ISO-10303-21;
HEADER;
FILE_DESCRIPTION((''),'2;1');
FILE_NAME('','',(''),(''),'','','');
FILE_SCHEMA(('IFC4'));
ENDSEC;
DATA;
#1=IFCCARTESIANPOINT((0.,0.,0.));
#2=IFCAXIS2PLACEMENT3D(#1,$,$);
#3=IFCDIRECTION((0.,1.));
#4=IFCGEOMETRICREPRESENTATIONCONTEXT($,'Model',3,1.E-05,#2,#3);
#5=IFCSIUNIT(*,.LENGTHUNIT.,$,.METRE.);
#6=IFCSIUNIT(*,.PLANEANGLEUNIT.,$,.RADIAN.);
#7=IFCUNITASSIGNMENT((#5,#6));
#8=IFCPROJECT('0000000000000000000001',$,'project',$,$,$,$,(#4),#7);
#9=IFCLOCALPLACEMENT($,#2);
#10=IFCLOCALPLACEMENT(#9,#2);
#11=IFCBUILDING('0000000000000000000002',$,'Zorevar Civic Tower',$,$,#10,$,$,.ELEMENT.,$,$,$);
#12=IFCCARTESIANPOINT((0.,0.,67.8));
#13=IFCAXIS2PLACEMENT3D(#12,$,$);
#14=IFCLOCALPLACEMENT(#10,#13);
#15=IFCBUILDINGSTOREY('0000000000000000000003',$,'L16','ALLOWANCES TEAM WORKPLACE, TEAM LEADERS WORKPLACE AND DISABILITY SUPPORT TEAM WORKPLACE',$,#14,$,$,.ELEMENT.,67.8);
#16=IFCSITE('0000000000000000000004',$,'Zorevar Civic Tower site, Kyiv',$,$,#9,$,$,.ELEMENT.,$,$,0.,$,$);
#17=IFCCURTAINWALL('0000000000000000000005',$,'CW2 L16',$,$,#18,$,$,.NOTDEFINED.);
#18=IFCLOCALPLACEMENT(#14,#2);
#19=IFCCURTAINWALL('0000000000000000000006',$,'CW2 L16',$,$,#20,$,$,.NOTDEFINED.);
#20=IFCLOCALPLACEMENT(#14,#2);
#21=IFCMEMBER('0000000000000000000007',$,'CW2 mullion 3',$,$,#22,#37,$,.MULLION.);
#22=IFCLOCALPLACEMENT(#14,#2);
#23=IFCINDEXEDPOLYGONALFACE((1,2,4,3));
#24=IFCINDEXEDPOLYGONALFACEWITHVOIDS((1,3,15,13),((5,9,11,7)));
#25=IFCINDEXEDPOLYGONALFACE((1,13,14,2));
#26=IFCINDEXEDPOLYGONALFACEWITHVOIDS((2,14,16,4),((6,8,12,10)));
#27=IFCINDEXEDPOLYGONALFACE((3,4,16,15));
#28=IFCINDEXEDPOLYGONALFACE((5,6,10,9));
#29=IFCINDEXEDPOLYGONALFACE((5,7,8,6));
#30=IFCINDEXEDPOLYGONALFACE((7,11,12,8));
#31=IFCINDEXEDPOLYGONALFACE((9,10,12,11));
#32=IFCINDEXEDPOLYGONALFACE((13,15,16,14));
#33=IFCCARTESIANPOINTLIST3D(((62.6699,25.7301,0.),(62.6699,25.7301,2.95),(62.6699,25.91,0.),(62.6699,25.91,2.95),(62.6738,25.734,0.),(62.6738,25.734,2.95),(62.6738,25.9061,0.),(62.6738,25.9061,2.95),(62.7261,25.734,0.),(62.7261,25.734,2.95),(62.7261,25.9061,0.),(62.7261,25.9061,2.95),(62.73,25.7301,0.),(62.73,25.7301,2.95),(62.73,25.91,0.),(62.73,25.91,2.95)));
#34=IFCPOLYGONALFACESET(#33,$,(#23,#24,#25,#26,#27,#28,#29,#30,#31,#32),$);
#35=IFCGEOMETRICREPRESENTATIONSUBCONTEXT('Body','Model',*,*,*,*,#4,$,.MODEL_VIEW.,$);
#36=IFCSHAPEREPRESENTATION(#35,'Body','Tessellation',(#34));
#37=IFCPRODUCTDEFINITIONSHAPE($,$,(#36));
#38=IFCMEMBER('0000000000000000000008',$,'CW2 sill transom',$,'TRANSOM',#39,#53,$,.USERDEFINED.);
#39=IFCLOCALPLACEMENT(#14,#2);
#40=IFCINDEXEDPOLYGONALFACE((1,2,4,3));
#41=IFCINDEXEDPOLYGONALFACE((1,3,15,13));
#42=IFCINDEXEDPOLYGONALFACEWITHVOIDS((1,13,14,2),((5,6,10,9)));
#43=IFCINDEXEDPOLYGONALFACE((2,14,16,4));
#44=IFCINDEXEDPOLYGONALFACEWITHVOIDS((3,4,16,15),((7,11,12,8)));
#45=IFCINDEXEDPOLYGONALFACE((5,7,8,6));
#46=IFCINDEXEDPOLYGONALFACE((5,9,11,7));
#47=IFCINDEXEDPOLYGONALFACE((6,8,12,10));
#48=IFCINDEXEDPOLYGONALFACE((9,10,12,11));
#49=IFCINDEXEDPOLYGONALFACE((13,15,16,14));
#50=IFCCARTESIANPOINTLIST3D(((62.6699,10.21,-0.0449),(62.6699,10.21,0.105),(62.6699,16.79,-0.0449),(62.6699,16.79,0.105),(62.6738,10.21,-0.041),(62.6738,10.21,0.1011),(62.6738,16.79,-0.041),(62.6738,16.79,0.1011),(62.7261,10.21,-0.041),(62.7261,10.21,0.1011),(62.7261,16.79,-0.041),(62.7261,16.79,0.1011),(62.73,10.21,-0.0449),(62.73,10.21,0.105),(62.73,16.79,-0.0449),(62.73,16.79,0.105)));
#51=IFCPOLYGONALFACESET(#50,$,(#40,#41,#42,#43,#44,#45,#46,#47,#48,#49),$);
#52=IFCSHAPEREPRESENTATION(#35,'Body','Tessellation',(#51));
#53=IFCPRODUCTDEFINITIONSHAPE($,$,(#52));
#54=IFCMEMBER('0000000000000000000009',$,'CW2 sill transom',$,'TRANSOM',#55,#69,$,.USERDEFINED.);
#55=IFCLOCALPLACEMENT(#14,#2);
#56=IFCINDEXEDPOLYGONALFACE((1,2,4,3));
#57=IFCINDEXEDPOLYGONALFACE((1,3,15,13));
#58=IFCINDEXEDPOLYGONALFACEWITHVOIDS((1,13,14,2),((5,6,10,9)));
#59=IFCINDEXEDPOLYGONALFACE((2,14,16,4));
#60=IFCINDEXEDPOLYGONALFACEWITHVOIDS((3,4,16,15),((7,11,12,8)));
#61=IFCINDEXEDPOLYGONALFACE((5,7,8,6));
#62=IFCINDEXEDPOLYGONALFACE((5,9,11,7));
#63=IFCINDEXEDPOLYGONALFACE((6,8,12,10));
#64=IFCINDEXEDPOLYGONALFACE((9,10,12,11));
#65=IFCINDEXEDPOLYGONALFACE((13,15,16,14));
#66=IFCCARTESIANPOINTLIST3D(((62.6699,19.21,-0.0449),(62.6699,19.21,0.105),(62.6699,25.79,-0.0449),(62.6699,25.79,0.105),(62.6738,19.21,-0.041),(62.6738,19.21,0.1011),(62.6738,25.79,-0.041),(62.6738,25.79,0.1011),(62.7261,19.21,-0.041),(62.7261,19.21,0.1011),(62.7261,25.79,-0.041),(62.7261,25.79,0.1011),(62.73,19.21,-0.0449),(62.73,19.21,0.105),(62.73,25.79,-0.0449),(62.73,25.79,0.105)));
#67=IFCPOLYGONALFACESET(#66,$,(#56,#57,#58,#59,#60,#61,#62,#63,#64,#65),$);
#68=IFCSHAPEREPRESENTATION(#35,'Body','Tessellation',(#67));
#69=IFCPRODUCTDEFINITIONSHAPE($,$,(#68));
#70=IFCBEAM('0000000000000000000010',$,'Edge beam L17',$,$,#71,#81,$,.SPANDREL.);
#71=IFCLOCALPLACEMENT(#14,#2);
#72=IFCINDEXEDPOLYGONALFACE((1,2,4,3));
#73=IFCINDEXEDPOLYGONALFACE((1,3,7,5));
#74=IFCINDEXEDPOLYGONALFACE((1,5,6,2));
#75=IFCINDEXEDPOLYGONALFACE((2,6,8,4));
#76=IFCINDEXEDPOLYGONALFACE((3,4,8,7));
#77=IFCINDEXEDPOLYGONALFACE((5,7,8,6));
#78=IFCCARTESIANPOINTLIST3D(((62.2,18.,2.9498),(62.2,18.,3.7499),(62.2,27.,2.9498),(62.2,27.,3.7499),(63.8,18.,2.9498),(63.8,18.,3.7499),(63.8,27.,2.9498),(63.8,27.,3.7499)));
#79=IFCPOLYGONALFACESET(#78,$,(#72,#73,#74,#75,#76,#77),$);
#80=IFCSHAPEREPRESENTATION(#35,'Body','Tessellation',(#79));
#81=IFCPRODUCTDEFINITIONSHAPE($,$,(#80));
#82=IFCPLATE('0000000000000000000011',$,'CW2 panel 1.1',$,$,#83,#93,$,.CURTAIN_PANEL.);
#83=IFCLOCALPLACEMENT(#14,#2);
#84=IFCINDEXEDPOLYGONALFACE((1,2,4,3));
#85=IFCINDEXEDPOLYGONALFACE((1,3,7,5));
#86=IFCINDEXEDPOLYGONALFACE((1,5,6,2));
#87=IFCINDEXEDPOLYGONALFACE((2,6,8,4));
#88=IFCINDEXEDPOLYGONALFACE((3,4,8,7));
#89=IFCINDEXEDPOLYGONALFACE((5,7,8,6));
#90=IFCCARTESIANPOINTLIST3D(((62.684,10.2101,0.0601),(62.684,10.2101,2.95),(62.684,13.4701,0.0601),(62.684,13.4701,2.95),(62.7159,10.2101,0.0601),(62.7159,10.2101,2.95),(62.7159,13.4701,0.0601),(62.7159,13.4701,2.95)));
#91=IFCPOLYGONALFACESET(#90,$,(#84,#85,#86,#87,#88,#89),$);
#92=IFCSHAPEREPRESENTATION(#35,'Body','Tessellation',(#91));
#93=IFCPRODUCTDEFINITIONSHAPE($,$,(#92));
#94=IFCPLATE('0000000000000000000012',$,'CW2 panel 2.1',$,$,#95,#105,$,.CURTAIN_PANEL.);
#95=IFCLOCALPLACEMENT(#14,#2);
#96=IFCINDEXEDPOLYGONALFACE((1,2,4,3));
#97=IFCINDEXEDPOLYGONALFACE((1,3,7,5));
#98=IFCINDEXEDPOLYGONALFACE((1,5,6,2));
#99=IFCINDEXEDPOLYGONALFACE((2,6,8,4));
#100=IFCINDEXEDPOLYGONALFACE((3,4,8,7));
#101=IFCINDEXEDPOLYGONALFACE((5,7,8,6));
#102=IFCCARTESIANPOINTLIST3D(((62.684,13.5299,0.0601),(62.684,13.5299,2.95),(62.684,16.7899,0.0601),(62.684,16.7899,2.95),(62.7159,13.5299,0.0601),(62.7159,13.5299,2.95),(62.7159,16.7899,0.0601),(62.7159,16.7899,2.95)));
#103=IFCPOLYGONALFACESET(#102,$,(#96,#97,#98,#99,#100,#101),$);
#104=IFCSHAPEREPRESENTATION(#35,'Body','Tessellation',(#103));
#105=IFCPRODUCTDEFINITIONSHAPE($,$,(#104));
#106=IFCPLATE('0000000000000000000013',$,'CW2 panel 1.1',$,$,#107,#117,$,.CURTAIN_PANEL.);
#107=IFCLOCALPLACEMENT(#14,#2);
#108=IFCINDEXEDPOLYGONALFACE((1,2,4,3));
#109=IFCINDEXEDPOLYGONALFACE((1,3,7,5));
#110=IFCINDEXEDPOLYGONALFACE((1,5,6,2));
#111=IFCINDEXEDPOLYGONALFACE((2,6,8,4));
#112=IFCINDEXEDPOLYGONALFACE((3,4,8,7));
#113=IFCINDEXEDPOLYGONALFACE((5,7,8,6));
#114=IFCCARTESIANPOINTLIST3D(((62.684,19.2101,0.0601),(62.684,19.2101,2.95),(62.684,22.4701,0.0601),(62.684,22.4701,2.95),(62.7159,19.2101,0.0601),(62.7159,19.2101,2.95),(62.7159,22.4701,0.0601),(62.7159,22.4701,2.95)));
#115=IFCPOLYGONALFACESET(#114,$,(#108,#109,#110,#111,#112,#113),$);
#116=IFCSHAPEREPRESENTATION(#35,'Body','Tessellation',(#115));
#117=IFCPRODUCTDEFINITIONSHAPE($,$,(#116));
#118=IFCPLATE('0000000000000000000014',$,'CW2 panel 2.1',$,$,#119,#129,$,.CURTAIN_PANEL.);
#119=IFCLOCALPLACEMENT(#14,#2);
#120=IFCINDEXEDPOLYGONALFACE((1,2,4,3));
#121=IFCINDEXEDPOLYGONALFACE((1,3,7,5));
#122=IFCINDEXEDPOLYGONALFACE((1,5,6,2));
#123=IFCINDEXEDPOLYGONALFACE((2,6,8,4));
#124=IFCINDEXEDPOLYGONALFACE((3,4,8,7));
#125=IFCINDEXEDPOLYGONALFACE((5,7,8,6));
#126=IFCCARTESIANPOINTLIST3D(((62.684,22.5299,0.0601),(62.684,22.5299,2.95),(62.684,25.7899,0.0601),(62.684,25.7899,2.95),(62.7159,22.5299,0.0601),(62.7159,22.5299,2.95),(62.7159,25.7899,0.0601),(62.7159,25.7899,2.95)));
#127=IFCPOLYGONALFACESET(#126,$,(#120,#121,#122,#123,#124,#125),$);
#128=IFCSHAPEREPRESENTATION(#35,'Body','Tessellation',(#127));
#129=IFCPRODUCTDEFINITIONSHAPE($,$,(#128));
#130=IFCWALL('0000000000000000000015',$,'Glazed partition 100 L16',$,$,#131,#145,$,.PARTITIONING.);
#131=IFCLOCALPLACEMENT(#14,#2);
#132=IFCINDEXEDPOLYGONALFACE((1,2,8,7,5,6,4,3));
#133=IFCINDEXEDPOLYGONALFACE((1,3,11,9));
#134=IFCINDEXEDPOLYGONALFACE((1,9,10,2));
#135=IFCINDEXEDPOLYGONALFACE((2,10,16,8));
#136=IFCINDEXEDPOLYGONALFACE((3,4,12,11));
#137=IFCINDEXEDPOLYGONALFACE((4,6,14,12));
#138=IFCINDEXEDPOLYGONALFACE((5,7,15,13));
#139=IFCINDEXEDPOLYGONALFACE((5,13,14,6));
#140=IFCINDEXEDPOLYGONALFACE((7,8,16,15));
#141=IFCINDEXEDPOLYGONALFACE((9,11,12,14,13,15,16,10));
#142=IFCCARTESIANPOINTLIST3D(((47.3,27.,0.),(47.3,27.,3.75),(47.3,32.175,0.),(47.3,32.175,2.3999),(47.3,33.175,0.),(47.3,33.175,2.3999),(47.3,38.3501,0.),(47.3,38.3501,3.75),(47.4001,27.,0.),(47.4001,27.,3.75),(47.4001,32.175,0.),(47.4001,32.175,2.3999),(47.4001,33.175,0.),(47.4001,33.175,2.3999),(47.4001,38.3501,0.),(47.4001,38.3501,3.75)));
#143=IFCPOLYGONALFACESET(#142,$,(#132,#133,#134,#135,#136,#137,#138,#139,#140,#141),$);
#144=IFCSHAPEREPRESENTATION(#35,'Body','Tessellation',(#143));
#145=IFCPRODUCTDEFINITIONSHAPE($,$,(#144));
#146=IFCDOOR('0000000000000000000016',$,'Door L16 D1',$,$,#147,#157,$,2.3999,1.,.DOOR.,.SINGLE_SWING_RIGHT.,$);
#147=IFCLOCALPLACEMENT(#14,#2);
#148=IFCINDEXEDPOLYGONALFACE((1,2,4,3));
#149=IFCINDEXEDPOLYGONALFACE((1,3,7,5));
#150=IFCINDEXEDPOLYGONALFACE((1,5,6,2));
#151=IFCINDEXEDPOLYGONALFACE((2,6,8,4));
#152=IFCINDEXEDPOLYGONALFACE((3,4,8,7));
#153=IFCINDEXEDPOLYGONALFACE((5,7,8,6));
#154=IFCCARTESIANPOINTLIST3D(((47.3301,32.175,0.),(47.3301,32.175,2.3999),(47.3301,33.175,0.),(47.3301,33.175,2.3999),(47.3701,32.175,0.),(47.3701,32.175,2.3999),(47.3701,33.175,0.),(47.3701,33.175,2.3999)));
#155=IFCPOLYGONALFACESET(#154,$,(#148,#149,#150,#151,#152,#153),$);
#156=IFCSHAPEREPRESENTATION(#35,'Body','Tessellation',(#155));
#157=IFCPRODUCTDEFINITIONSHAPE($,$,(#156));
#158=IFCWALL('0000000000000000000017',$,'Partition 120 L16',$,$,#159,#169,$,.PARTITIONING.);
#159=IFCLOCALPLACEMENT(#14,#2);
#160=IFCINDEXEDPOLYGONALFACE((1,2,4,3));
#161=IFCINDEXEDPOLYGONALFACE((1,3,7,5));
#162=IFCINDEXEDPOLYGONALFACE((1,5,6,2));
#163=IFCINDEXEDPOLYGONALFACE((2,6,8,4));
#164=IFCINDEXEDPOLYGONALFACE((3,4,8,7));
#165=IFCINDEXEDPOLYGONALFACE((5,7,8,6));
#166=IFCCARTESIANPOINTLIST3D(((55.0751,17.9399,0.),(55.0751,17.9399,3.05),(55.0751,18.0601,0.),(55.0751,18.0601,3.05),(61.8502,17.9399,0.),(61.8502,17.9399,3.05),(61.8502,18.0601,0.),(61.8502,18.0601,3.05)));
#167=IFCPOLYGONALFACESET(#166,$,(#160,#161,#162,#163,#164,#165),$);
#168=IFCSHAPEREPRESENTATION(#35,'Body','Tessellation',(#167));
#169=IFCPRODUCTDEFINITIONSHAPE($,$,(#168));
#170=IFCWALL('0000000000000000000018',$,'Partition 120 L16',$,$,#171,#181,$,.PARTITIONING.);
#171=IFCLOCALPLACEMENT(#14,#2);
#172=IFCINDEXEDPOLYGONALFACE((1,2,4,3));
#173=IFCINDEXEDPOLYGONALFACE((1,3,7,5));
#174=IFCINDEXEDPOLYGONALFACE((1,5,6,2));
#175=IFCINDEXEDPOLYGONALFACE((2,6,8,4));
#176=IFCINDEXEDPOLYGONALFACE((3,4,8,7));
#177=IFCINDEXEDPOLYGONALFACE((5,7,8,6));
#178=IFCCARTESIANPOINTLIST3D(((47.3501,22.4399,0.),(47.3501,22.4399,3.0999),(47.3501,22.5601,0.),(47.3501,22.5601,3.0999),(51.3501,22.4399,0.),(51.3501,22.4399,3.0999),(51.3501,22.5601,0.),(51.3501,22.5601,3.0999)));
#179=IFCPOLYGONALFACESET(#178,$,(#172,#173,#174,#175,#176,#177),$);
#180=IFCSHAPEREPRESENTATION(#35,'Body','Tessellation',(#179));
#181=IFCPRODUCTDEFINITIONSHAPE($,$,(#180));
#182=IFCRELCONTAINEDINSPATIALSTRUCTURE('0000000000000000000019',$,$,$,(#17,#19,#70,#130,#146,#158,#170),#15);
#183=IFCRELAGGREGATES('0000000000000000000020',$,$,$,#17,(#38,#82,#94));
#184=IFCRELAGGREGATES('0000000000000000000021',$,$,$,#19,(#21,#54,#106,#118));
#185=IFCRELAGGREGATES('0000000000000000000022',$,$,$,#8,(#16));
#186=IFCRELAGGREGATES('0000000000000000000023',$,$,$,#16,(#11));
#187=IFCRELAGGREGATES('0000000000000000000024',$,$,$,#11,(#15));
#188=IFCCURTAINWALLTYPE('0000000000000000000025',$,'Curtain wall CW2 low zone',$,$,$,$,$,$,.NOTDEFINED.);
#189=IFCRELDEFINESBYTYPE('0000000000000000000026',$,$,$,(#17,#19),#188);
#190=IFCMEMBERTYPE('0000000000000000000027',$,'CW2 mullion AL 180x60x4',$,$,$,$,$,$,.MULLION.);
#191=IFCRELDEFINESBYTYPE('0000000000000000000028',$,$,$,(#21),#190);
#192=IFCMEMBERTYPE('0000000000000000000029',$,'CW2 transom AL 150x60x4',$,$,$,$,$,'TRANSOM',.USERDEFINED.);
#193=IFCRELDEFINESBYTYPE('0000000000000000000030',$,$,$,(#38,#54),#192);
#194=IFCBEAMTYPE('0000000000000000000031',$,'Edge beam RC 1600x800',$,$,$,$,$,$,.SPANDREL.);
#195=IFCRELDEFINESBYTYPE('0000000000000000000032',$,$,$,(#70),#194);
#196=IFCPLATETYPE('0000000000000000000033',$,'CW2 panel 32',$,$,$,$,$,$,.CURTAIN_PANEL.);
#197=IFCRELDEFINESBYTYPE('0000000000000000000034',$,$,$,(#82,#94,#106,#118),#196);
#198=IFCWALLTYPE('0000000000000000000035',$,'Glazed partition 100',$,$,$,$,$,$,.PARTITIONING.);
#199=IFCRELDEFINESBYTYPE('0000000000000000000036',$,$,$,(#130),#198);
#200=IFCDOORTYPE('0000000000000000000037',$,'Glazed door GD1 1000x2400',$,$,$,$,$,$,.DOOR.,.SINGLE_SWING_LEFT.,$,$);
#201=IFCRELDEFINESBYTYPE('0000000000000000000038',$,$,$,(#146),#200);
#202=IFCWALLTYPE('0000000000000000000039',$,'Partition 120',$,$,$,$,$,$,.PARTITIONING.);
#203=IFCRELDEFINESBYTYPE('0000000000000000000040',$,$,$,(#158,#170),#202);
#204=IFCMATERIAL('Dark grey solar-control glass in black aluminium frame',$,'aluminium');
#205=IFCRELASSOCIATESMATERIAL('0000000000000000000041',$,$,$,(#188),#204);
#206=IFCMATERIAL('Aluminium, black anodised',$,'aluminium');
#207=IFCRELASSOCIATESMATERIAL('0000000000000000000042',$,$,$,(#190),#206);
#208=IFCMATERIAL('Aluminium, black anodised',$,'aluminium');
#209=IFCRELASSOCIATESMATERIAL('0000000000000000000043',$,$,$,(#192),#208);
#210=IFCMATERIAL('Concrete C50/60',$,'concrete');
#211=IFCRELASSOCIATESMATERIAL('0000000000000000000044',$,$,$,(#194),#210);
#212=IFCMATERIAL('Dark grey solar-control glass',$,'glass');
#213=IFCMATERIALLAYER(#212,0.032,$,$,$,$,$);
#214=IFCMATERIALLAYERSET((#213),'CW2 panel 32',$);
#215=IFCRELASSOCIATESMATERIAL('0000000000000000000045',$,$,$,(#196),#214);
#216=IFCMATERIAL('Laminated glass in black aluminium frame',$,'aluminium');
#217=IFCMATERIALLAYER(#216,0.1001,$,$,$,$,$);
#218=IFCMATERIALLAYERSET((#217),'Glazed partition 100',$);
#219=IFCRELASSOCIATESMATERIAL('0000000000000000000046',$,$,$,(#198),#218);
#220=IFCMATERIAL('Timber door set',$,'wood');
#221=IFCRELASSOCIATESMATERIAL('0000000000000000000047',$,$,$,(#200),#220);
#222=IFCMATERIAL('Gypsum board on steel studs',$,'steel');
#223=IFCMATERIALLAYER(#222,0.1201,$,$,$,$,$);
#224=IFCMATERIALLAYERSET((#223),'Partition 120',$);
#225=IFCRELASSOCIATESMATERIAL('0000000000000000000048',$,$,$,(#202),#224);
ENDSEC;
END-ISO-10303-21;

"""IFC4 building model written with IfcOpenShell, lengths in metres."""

from ifc_helpers import new_model, si_unit, direction, frame, frame_2d, origin, origin_2d, place, context, subcontext, project, spatial, rectangle, hollow_rectangle, extrude, material, layer, layer_set, material_profile, profile_set, type_object, element, fill, aggregate, save


model = new_model("IFC4")

# Units and contexts
model_context = context("Model", 3, precision=1e-05, world=origin(), true_north=direction((0.0, 1.0)))
body_context = subcontext(model_context, "Body", "Model", "MODEL_VIEW")
ifc_project = project(units=[si_unit("LENGTHUNIT", "METRE"), si_unit("PLANEANGLEUNIT", "RADIAN")], contexts=[model_context])

# Site, building, storey
site_placement = place(None, origin())
site = spatial("IfcSite", under=ifc_project, at=site_placement, Name="Zorevar Civic Tower site, Kyiv", CompositionType="ELEMENT", RefElevation=0.0)
building_placement = place(site_placement, origin())
building = spatial("IfcBuilding", under=site, at=building_placement, Name="Zorevar Civic Tower", CompositionType="ELEMENT")
storey_placement = place(building_placement, frame((0.0, 0.0, 67.8)))
storey = spatial("IfcBuildingStorey", under=building, at=storey_placement, Name="L16", Description="ALLOWANCES TEAM WORKPLACE, TEAM LEADERS WORKPLACE AND DISABILITY SUPPORT TEAM WORKPLACE", CompositionType="ELEMENT", Elevation=67.8)

# Curtain walls, member
ifc_material_1 = material(Name="Dark grey solar-control glass in black aluminium frame", Category="aluminium")
curtain_wall_type = type_object("IfcCurtainWallType", Name="Curtain wall CW2 low zone", PredefinedType="NOTDEFINED", material=ifc_material_1)
curtain_wall_1_placement = place(storey_placement, origin())
curtain_wall_1 = element("IfcCurtainWall", 1, at=curtain_wall_1_placement, inside=storey, type_object=curtain_wall_type, Name="CW2 L16", PredefinedType="NOTDEFINED")
ifc_material_2 = material(Name="Aluminium, black anodised", Category="aluminium")
ifc_material_profile_1 = material_profile(ifc_material_2, hollow_rectangle(XDim=0.0601, YDim=0.1799, WallThickness=0.0039, at=origin_2d()), Name="AL 180x60x4")
ifc_profile_set_1 = profile_set([ifc_material_profile_1], Name="Aluminium, black anodised")
member_type_1 = type_object("IfcMemberType", Name="CW2 mullion AL 180x60x4", PredefinedType="MULLION", material=ifc_profile_set_1)
curtain_wall_2_placement = place(storey_placement, origin())
curtain_wall_2 = element("IfcCurtainWall", 2, at=curtain_wall_2_placement, inside=storey, type_object=curtain_wall_type, Name="CW2 L16", PredefinedType="NOTDEFINED")
member_1_placement = place(storey_placement, frame((62.7, 25.8201, 0.0), z_axis=(0.0, 0.0, 1.0), x_axis=(-1.0, 0.0, 0.0)))
member_1 = element("IfcMember", 3, at=member_1_placement, type_object=member_type_1, Name="CW2 mullion 3", PredefinedType="MULLION", context=body_context, shape_type="SweptSolid", body=[
    extrude(hollow_rectangle(XDim=0.0601, YDim=0.1799, WallThickness=0.0039, at=origin_2d()), origin(), (0.0, 0.0, 1.0), 2.95),
])

# Members
ifc_material_3 = material(Name="Aluminium, black anodised", Category="aluminium")
ifc_material_profile_2 = material_profile(ifc_material_3, hollow_rectangle(XDim=0.0601, YDim=0.1499, WallThickness=0.0039, at=origin_2d()), Name="AL 150x60x4")
ifc_profile_set_2 = profile_set([ifc_material_profile_2], Name="Aluminium, black anodised")
member_type_2 = type_object("IfcMemberType", Name="CW2 transom AL 150x60x4", ElementType="TRANSOM", PredefinedType="USERDEFINED", material=ifc_profile_set_2)
member_2_placement = place(storey_placement, frame((62.7, 10.21, 0.03), z_axis=(0.0, 1.0, 0.0), x_axis=(-1.0, 0.0, 0.0)))
member_2 = element("IfcMember", 4, at=member_2_placement, type_object=member_type_2, Name="CW2 sill transom", ObjectType="TRANSOM", PredefinedType="USERDEFINED", context=body_context, shape_type="SweptSolid", body=[
    extrude(hollow_rectangle(XDim=0.0601, YDim=0.1499, WallThickness=0.0039, at=origin_2d()), origin(), (0.0, 0.0, 1.0), 6.5801),
])
member_3_placement = place(storey_placement, frame((62.7, 19.21, 0.03), z_axis=(0.0, 1.0, 0.0), x_axis=(-1.0, 0.0, 0.0)))
member_3 = element("IfcMember", 5, at=member_3_placement, type_object=member_type_2, Name="CW2 sill transom", ObjectType="TRANSOM", PredefinedType="USERDEFINED", context=body_context, shape_type="SweptSolid", body=[
    extrude(hollow_rectangle(XDim=0.0601, YDim=0.1499, WallThickness=0.0039, at=origin_2d()), origin(), (0.0, 0.0, 1.0), 6.5801),
])

# Beam
ifc_material_4 = material(Name="Concrete C50/60", Category="concrete")
ifc_material_profile_3 = material_profile(ifc_material_4, rectangle(XDim=1.6001, YDim=0.8, at=origin_2d()), Name="RC 1600x800")
ifc_profile_set_3 = profile_set([ifc_material_profile_3], Name="Concrete C50/60")
beam_type_1 = type_object("IfcBeamType", Name="Edge beam RC 1600x800", PredefinedType="SPANDREL", material=ifc_profile_set_3)
beam_1_placement = place(storey_placement, frame((63.0, 18.0, 3.3499), z_axis=(0.0, 1.0, 0.0), x_axis=(-1.0, 0.0, 0.0)))
element("IfcBeam", 6, at=beam_1_placement, inside=storey, type_object=beam_type_1, Name="Edge beam L17", PredefinedType="SPANDREL", context=body_context, shape_type="SweptSolid", body=[
    extrude(rectangle(XDim=1.6001, YDim=0.8, at=origin_2d()), origin(), (0.0, 0.0, 1.0), 9.0),
])

# Plates
ifc_material_5 = material(Name="Dark grey solar-control glass", Category="glass")
ifc_layer_1 = layer(ifc_material_5, 0.032)
ifc_layer_set_1 = layer_set([ifc_layer_1], Name="CW2 panel 32")
plate_type = type_object("IfcPlateType", Name="CW2 panel 32", PredefinedType="CURTAIN_PANEL", material=ifc_layer_set_1)
plate_1_placement = place(storey_placement, frame((62.7, 11.8401, 0.0601), z_axis=(0.0, 0.0, 1.0), x_axis=(0.0, 1.0, 0.0)))
plate_1 = element("IfcPlate", 7, at=plate_1_placement, type_object=plate_type, Name="CW2 panel 1.1", PredefinedType="CURTAIN_PANEL", context=body_context, shape_type="SweptSolid", body=[
    extrude(rectangle(XDim=3.26, YDim=0.032, at=origin_2d()), origin(), (0.0, 0.0, 1.0), 2.8899),
])
plate_2_placement = place(storey_placement, frame((62.7, 15.1599, 0.0601), z_axis=(0.0, 0.0, 1.0), x_axis=(0.0, 1.0, 0.0)))
plate_2 = element("IfcPlate", 8, at=plate_2_placement, type_object=plate_type, Name="CW2 panel 2.1", PredefinedType="CURTAIN_PANEL", context=body_context, shape_type="SweptSolid", body=[
    extrude(rectangle(XDim=3.26, YDim=0.032, at=origin_2d()), origin(), (0.0, 0.0, 1.0), 2.8899),
])
aggregate(curtain_wall_1, [member_2, plate_1, plate_2])
plate_3_placement = place(storey_placement, frame((62.7, 20.8401, 0.0601), z_axis=(0.0, 0.0, 1.0), x_axis=(0.0, 1.0, 0.0)))
plate_3 = element("IfcPlate", 9, at=plate_3_placement, type_object=plate_type, Name="CW2 panel 1.1", PredefinedType="CURTAIN_PANEL", context=body_context, shape_type="SweptSolid", body=[
    extrude(rectangle(XDim=3.26, YDim=0.032, at=origin_2d()), origin(), (0.0, 0.0, 1.0), 2.8899),
])
plate_4_placement = place(storey_placement, frame((62.7, 24.1599, 0.0601), z_axis=(0.0, 0.0, 1.0), x_axis=(0.0, 1.0, 0.0)))
plate_4 = element("IfcPlate", 10, at=plate_4_placement, type_object=plate_type, Name="CW2 panel 2.1", PredefinedType="CURTAIN_PANEL", context=body_context, shape_type="SweptSolid", body=[
    extrude(rectangle(XDim=3.26, YDim=0.032, at=origin_2d()), origin(), (0.0, 0.0, 1.0), 2.8899),
])
aggregate(curtain_wall_2, [member_1, member_3, plate_3, plate_4])

# Wall, opening, door
ifc_material_6 = material(Name="Laminated glass in black aluminium frame", Category="aluminium")
ifc_layer_2 = layer(ifc_material_6, 0.1001)
ifc_layer_set_2 = layer_set([ifc_layer_2], Name="Glazed partition 100")
wall_type_1 = type_object("IfcWallType", Name="Glazed partition 100", PredefinedType="PARTITIONING", material=ifc_layer_set_2)
wall_1_placement = place(storey_placement, frame((47.3501, 27.0, 0.0), z_axis=(0.0, 0.0, 1.0), x_axis=(0.0, 1.0, 0.0)))
wall_1 = element("IfcWall", 11, at=wall_1_placement, inside=storey, type_object=wall_type_1, Name="Glazed partition 100 L16", PredefinedType="PARTITIONING", context=body_context, shape_type="SweptSolid", body=[
    extrude(rectangle(XDim=11.3501, YDim=0.1001, at=frame_2d((5.675, 0.0))), origin(), (0.0, 0.0, 1.0), 3.75),
])
opening_1_placement = place(wall_1_placement, frame((5.175, 0.0, 0.0)))
opening_1 = element("IfcOpeningElement", 12, at=opening_1_placement, cuts=wall_1, PredefinedType="OPENING", context=body_context, shape_type="SweptSolid", body=[
    extrude(rectangle(XDim=1.0, YDim=2.3999, at=frame_2d((0.5, 1.2))), frame((0.0, 0.0601, 0.0), z_axis=(0.0, -1.0, 0.0), x_axis=(1.0, 0.0, 0.0)), (0.0, 0.0, 1.0), 0.1201),
])
ifc_material_7 = material(Name="Timber door set", Category="wood")
door_type_1 = type_object("IfcDoorType", Name="Glazed door GD1 1000x2400", OperationType="SINGLE_SWING_LEFT", PredefinedType="DOOR", material=ifc_material_7)
door_1_placement = place(opening_1_placement, origin())
door_1 = element("IfcDoor", 13, at=door_1_placement, inside=storey, type_object=door_type_1, Name="Door L16 D1", OperationType="SINGLE_SWING_RIGHT", OverallHeight=2.3999, OverallWidth=1.0, PredefinedType="DOOR", context=body_context, shape_type="SweptSolid", body=[
    extrude(rectangle(XDim=1.0, YDim=2.3999, at=frame_2d((0.5, 1.2))), frame((0.0, 0.02, 0.0), z_axis=(0.0, -1.0, 0.0), x_axis=(1.0, 0.0, 0.0)), (0.0, 0.0, 1.0), 0.04),
])
fill(opening_1, door_1)

# Walls
ifc_material_8 = material(Name="Gypsum board on steel studs", Category="steel")
ifc_layer_3 = layer(ifc_material_8, 0.1201)
ifc_layer_set_3 = layer_set([ifc_layer_3], Name="Partition 120")
wall_type_2 = type_object("IfcWallType", Name="Partition 120", PredefinedType="PARTITIONING", material=ifc_layer_set_3)
wall_2_placement = place(storey_placement, frame((55.075, 18.0, 0.0), z_axis=(0.0, 0.0, 1.0), x_axis=(1.0, 0.0, 0.0)))
element("IfcWall", 14, at=wall_2_placement, inside=storey, type_object=wall_type_2, Name="Partition 120 L16", PredefinedType="PARTITIONING", context=body_context, shape_type="SweptSolid", body=[
    extrude(rectangle(XDim=6.7751, YDim=0.1201, at=frame_2d((3.3877, 0.0))), origin(), (0.0, 0.0, 1.0), 3.05),
])
wall_3_placement = place(storey_placement, frame((47.3501, 22.5, 0.0), z_axis=(0.0, 0.0, 1.0), x_axis=(1.0, 0.0, 0.0)))
element("IfcWall", 15, at=wall_3_placement, inside=storey, type_object=wall_type_2, Name="Partition 120 L16", PredefinedType="PARTITIONING", context=body_context, shape_type="SweptSolid", body=[
    extrude(rectangle(XDim=4.0, YDim=0.1201, at=frame_2d((2.0, 0.0))), origin(), (0.0, 0.0, 1.0), 3.0999),
])

save(model, "model.ifc")
